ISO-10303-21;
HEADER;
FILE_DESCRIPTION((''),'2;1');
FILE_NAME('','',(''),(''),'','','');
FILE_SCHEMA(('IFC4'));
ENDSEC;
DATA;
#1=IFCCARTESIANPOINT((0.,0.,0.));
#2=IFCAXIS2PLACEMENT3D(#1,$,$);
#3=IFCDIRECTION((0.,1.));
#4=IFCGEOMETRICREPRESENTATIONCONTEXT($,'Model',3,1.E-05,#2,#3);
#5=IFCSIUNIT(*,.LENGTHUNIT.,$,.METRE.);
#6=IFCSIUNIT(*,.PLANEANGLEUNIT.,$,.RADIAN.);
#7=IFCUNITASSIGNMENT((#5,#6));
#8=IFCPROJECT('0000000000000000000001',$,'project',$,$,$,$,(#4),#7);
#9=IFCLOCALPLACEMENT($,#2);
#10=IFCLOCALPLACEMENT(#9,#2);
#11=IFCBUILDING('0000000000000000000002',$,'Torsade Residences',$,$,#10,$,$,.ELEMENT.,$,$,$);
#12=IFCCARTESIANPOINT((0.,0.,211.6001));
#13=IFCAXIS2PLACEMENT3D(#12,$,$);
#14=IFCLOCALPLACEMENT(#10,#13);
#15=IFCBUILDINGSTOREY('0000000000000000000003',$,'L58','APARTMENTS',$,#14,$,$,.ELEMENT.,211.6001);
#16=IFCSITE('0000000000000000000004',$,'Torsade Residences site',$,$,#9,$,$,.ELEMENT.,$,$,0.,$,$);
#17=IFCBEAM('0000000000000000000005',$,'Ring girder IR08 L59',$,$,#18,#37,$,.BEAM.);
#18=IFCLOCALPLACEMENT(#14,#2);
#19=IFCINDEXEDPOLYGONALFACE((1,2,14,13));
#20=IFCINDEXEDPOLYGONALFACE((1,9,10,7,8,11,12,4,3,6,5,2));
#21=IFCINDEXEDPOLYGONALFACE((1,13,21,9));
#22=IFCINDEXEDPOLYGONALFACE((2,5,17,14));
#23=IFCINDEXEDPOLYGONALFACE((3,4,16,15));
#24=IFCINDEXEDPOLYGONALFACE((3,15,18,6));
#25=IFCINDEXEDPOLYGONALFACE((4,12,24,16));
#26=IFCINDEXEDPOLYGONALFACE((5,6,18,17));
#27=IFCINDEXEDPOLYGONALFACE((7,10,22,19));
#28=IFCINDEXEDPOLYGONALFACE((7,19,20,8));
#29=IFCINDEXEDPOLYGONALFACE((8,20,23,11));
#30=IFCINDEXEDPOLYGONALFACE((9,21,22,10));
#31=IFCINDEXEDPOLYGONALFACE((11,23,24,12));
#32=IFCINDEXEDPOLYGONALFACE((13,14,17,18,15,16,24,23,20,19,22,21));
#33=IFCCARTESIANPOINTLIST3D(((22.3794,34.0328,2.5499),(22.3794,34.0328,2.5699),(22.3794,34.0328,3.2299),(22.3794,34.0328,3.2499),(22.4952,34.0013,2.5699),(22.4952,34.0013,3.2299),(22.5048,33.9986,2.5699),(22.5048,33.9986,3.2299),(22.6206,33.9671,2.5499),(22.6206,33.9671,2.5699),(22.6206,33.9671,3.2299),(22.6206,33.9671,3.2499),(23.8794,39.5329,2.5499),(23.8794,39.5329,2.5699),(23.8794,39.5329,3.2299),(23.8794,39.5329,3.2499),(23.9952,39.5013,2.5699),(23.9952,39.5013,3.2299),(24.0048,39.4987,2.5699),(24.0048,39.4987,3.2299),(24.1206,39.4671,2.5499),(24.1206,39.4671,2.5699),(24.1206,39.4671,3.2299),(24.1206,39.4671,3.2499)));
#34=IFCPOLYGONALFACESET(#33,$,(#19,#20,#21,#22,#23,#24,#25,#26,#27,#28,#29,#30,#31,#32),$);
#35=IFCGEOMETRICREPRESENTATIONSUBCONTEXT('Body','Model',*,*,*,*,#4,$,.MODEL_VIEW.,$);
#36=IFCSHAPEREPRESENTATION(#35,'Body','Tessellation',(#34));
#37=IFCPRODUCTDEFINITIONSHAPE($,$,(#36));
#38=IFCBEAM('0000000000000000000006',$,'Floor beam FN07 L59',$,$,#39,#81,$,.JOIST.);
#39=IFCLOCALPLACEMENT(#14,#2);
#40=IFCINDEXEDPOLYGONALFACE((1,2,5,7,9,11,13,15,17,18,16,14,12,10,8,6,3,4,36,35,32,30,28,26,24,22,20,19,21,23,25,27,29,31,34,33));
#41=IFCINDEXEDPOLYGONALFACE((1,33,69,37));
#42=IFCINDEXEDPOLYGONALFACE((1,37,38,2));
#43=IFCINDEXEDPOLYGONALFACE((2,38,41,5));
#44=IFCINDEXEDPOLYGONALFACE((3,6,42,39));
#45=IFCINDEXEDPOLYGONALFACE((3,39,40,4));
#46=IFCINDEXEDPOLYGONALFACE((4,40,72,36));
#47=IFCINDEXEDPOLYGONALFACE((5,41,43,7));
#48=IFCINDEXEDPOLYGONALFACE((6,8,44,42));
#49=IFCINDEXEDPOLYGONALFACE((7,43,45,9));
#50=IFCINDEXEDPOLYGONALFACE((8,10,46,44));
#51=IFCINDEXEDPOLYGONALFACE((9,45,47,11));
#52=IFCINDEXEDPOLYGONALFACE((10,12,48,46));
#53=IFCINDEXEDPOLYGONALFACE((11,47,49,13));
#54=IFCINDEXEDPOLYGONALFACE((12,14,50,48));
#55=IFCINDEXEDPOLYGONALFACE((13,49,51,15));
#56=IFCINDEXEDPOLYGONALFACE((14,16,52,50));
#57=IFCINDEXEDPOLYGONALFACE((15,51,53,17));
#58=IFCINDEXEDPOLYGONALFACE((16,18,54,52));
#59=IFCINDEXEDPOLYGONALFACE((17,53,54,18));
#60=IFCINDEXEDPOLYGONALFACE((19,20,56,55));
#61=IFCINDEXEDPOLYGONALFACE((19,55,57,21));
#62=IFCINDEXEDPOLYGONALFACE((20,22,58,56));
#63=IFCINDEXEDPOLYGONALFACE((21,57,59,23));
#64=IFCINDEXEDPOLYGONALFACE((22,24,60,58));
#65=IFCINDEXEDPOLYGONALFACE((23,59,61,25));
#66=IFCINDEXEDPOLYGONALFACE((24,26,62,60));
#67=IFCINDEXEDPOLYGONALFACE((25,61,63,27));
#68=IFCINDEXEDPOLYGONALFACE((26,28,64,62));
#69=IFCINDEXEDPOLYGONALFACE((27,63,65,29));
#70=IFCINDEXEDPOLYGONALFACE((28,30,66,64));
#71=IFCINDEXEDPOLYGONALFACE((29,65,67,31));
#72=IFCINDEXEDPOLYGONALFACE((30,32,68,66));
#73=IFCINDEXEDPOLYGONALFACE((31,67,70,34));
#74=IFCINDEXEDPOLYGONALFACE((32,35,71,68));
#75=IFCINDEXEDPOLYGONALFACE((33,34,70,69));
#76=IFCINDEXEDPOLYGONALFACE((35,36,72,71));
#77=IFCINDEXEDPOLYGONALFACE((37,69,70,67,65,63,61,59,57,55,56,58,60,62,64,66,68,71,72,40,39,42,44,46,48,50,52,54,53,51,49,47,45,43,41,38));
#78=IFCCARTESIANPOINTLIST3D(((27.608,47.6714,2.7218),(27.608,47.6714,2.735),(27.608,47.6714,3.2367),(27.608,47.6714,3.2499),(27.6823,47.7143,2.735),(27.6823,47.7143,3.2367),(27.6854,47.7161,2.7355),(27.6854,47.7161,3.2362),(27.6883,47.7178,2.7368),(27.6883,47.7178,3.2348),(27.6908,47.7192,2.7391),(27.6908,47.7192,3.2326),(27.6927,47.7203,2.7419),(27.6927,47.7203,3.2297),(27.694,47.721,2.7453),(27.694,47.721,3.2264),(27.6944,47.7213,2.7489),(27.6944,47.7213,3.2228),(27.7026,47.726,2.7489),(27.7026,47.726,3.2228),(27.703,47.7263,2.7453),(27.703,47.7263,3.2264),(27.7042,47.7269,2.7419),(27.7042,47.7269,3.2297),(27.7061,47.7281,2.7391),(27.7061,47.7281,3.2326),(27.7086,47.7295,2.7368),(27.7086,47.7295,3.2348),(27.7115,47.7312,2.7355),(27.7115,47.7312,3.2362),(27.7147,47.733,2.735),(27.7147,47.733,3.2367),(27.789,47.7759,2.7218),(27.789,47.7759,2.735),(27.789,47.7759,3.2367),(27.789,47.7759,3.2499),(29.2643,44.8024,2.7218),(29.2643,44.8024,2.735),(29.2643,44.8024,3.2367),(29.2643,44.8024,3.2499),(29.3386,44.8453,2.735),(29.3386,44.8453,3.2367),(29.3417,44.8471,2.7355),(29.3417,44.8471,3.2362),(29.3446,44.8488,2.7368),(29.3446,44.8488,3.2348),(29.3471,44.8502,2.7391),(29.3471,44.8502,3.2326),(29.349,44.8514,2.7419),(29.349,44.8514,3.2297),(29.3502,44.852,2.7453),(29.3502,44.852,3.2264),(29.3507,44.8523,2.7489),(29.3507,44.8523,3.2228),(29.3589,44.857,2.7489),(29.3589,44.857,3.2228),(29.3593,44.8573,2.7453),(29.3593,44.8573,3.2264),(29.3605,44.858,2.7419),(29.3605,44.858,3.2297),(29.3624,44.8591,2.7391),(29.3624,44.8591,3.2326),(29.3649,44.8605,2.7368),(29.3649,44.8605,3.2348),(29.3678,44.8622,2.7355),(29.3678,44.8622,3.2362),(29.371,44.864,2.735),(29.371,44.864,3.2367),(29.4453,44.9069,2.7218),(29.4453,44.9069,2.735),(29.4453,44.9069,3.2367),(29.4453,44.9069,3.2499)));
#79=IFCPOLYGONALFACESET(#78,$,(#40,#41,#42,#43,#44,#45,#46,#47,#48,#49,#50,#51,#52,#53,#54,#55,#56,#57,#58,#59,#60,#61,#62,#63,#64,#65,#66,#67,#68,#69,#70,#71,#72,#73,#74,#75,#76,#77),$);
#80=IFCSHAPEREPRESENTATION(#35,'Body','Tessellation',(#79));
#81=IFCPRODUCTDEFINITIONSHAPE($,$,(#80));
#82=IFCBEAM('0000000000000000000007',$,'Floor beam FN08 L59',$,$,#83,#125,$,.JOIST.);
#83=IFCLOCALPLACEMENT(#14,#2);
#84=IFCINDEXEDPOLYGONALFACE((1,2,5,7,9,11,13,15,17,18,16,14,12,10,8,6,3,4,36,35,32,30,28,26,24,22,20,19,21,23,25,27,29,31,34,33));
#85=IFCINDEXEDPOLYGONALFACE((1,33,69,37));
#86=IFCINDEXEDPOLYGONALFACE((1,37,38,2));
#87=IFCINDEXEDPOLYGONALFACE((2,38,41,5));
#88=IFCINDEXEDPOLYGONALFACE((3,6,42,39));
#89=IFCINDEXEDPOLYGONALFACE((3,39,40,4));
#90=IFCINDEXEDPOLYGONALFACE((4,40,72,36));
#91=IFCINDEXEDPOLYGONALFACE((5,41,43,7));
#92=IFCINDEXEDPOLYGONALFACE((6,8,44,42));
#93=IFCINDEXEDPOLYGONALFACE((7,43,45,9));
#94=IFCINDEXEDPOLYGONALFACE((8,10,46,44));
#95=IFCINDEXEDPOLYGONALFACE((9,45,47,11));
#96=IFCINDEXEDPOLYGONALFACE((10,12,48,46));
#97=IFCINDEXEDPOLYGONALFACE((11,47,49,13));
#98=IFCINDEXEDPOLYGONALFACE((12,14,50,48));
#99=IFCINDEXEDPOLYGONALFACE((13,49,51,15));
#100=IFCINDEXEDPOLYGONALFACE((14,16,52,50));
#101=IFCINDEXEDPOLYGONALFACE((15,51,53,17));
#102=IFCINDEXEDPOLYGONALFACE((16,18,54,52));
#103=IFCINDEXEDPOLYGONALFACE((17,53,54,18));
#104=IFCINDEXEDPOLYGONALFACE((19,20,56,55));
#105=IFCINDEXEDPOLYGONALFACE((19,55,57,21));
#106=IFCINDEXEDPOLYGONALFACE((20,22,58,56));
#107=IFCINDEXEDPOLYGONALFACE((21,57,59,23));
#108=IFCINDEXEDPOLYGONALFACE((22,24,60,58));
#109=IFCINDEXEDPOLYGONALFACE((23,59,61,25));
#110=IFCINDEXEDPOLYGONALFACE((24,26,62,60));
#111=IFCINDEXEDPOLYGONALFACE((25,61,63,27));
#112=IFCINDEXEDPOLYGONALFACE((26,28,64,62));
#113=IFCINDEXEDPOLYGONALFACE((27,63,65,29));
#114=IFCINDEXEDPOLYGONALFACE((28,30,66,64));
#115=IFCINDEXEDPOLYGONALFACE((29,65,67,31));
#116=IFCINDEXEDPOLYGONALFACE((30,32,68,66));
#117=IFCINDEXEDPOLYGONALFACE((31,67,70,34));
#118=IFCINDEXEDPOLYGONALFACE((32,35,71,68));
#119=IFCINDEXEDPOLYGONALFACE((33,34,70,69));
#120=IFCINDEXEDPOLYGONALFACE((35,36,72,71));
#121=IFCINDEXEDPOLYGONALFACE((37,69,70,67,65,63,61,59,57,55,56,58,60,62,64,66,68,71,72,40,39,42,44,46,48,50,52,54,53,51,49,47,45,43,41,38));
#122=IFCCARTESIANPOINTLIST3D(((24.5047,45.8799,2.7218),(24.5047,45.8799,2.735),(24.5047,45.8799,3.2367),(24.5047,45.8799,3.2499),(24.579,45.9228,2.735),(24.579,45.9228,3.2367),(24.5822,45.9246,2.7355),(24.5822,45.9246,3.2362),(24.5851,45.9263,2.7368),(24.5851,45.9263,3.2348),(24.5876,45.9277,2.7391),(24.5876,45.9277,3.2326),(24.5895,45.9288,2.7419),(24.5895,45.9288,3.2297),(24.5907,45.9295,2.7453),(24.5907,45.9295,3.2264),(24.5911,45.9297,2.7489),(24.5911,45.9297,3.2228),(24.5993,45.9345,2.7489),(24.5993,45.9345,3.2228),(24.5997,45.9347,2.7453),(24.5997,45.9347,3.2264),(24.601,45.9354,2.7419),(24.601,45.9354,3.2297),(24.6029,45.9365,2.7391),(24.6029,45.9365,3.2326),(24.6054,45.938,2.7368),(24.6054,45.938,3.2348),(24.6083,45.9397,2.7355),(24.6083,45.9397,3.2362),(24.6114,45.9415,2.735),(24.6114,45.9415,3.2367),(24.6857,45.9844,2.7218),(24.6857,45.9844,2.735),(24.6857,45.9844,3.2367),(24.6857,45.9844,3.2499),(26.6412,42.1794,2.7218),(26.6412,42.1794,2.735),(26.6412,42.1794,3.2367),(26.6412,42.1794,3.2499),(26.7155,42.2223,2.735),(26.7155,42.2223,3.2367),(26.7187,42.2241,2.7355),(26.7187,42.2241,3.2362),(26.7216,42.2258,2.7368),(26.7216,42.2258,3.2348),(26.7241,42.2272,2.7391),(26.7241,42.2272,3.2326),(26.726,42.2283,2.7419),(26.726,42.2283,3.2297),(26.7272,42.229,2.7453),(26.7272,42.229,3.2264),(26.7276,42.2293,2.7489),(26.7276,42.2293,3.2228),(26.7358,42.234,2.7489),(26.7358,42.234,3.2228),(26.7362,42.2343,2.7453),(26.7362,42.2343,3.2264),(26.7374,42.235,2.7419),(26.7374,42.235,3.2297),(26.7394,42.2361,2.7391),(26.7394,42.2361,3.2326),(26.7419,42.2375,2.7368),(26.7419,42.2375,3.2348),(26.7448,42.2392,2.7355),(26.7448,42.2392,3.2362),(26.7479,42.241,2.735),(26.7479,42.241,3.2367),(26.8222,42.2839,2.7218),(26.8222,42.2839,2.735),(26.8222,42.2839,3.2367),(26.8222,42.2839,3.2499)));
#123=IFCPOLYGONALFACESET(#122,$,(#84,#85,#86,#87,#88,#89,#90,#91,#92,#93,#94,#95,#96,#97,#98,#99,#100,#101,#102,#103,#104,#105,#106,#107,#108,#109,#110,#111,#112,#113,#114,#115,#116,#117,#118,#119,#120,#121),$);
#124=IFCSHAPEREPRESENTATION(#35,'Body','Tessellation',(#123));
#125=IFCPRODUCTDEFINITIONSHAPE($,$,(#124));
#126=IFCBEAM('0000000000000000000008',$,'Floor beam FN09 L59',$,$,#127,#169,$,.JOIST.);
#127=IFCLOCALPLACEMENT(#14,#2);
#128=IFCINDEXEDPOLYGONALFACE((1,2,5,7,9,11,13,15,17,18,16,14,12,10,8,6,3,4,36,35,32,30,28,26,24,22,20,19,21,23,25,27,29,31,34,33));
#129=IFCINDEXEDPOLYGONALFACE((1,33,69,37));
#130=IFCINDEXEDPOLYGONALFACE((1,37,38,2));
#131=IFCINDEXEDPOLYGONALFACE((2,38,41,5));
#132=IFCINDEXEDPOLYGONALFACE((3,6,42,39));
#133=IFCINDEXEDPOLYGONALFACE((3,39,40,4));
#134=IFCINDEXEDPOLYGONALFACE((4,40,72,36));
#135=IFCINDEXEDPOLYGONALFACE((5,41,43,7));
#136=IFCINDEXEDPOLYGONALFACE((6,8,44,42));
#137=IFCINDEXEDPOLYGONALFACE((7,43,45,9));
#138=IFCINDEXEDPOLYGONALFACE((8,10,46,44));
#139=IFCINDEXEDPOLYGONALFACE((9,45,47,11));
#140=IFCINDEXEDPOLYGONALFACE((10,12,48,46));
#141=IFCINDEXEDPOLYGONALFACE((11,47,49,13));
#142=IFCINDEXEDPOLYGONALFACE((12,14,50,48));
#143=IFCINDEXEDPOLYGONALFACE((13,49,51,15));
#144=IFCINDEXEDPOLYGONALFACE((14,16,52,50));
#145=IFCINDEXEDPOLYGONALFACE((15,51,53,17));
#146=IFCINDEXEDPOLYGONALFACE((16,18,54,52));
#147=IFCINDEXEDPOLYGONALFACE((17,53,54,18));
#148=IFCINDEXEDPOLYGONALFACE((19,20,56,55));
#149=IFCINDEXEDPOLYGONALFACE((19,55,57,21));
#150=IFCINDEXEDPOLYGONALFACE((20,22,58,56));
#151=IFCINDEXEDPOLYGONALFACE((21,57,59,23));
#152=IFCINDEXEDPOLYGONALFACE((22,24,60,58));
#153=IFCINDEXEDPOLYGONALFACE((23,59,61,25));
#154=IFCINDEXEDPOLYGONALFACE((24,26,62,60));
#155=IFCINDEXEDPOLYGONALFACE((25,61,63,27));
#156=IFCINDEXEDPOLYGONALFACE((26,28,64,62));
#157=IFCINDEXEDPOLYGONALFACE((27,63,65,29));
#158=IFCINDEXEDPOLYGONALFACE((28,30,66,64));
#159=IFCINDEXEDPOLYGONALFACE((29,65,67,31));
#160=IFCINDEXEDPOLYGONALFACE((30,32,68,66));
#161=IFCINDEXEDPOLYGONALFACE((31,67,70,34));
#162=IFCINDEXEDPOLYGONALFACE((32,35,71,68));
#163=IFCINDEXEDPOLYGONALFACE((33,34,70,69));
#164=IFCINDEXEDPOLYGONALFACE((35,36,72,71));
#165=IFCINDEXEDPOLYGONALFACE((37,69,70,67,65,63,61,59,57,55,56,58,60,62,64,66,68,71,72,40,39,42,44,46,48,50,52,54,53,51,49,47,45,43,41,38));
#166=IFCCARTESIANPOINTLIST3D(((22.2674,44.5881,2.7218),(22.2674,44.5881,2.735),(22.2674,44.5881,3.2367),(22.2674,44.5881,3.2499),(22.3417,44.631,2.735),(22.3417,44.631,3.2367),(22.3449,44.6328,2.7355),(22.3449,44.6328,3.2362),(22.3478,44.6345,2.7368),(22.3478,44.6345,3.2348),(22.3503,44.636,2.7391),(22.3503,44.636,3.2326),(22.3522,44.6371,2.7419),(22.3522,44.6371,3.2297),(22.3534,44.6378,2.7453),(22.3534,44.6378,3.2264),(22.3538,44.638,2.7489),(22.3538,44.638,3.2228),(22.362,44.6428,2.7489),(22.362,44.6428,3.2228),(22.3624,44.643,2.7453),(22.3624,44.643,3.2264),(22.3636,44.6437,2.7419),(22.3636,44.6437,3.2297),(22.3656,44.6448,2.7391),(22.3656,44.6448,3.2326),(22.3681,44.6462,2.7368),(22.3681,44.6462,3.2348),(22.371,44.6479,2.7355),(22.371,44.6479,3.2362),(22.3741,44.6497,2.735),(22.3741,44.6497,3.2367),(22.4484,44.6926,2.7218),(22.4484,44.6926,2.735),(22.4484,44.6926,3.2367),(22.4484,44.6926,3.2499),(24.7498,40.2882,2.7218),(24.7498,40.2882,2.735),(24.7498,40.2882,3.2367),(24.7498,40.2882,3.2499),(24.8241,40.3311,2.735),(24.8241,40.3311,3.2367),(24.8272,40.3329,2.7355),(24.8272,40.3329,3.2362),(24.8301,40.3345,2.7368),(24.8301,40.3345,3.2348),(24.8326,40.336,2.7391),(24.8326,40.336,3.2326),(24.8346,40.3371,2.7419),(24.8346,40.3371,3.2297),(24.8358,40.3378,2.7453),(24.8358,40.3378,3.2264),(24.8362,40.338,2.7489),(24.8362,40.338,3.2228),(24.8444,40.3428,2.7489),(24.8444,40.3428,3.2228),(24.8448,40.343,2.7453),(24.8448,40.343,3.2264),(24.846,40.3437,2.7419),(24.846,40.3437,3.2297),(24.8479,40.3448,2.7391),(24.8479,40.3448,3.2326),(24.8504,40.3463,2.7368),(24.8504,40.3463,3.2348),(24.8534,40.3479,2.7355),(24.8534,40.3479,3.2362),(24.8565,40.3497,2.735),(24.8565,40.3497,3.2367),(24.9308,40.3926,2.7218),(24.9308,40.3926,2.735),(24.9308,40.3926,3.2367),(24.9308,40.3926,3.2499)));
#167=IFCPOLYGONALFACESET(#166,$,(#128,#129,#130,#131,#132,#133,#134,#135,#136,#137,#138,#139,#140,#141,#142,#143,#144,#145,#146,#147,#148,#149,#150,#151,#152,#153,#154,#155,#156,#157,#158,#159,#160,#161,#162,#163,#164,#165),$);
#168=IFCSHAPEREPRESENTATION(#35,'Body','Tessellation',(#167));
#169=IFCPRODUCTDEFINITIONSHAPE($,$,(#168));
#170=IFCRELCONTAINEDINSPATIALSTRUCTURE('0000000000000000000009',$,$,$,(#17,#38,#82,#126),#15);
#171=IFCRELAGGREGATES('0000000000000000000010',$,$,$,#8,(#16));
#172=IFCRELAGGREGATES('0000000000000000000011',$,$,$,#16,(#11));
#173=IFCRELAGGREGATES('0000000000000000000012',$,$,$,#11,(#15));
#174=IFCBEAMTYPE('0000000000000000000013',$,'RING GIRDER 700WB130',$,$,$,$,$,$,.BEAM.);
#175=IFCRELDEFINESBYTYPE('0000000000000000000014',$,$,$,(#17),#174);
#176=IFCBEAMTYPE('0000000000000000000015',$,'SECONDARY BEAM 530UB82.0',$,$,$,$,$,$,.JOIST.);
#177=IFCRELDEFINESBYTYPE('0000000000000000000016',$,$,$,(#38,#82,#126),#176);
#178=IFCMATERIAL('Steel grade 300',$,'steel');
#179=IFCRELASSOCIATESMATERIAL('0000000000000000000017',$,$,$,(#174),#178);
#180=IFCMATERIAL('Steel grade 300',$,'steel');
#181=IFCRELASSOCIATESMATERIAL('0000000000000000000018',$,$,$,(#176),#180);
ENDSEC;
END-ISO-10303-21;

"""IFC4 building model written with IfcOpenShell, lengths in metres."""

from ifc_helpers import new_model, si_unit, direction, frame, origin, origin_2d, place, context, subcontext, project, spatial, i_section, extrude, material, material_profile, profile_set, type_object, element, save


model = new_model("IFC4")

# Units and contexts
model_context = context("Model", 3, precision=1e-05, world=origin(), true_north=direction((0.0, 1.0)))
body_context = subcontext(model_context, "Body", "Model", "MODEL_VIEW")
ifc_project = project(units=[si_unit("LENGTHUNIT", "METRE"), si_unit("PLANEANGLEUNIT", "RADIAN")], contexts=[model_context])

# Site, building, storey
site_placement = place(None, origin())
site = spatial("IfcSite", under=ifc_project, at=site_placement, Name="Torsade Residences site", CompositionType="ELEMENT", RefElevation=0.0)
building_placement = place(site_placement, origin())
building = spatial("IfcBuilding", under=site, at=building_placement, Name="Torsade Residences", CompositionType="ELEMENT")
storey_placement = place(building_placement, frame((0.0, 0.0, 211.6001)))
storey = spatial("IfcBuildingStorey", under=building, at=storey_placement, Name="L58", Description="APARTMENTS", CompositionType="ELEMENT", Elevation=211.6001)

# Beams
ifc_material_1 = material(Name="Steel grade 300", Category="steel")
ifc_material_profile_1 = material_profile(ifc_material_1, i_section(OverallWidth=0.25, OverallDepth=0.7, WebThickness=0.01, FlangeThickness=0.02, at=origin_2d()), Name="700WB130")
ifc_profile_set_1 = profile_set([ifc_material_profile_1], Name="Steel grade 300")
beam_type_1 = type_object("IfcBeamType", Name="RING GIRDER 700WB130", PredefinedType="BEAM", material=ifc_profile_set_1)
beam_1_placement = place(storey_placement, frame((24.0, 39.5, 2.8999), z_axis=(-0.263117, -0.964764, 0.0), x_axis=(0.964764, -0.263117, 0.0)))
element("IfcBeam", 1, at=beam_1_placement, inside=storey, type_object=beam_type_1, Name="Ring girder IR08 L59", PredefinedType="BEAM", context=body_context, shape_type="SweptSolid", body=[
    extrude(i_section(OverallWidth=0.25, OverallDepth=0.7, WebThickness=0.01, FlangeThickness=0.02, at=origin_2d()), origin(), (0.0, 0.0, 1.0), 5.7009),
])
ifc_material_2 = material(Name="Steel grade 300", Category="steel")
ifc_material_profile_2 = material_profile(ifc_material_2, i_section(OverallWidth=0.209, OverallDepth=0.5281, WebThickness=0.0095, FlangeThickness=0.0132, FilletRadius=0.0139, at=origin_2d()), Name="530UB82.0")
ifc_profile_set_2 = profile_set([ifc_material_profile_2], Name="Steel grade 300")
beam_type_2 = type_object("IfcBeamType", Name="SECONDARY BEAM 530UB82.0", PredefinedType="JOIST", material=ifc_profile_set_2)
beam_2_placement = place(storey_placement, frame((27.6985, 47.7236, 2.9858), z_axis=(0.499976, -0.86604, 0.0), x_axis=(0.86604, 0.499976, 0.0)))
element("IfcBeam", 2, at=beam_2_placement, inside=storey, type_object=beam_type_2, Name="Floor beam FN07 L59", PredefinedType="JOIST", context=body_context, shape_type="SweptSolid", body=[
    extrude(i_section(OverallWidth=0.209, OverallDepth=0.5281, WebThickness=0.0095, FlangeThickness=0.0132, FilletRadius=0.0139, at=origin_2d()), origin(), (0.0, 0.0, 1.0), 3.3127),
])
beam_3_placement = place(storey_placement, frame((24.5952, 45.9321, 2.9858), z_axis=(0.500004, -0.866023, 0.0), x_axis=(0.866023, 0.500004, 0.0)))
element("IfcBeam", 3, at=beam_3_placement, inside=storey, type_object=beam_type_2, Name="Floor beam FN08 L59", PredefinedType="JOIST", context=body_context, shape_type="SweptSolid", body=[
    extrude(i_section(OverallWidth=0.209, OverallDepth=0.5281, WebThickness=0.0095, FlangeThickness=0.0132, FilletRadius=0.0139, at=origin_2d()), origin(), (0.0, 0.0, 1.0), 4.2729),
])
beam_4_placement = place(storey_placement, frame((22.3579, 44.6404, 2.9858), z_axis=(0.499968, -0.866044, 0.0), x_axis=(0.866044, 0.499968, 0.0)))
element("IfcBeam", 4, at=beam_4_placement, inside=storey, type_object=beam_type_2, Name="Floor beam FN09 L59", PredefinedType="JOIST", context=body_context, shape_type="SweptSolid", body=[
    extrude(i_section(OverallWidth=0.209, OverallDepth=0.5281, WebThickness=0.0095, FlangeThickness=0.0132, FilletRadius=0.0139, at=origin_2d()), origin(), (0.0, 0.0, 1.0), 4.9651),
])

save(model, "model.ifc")
